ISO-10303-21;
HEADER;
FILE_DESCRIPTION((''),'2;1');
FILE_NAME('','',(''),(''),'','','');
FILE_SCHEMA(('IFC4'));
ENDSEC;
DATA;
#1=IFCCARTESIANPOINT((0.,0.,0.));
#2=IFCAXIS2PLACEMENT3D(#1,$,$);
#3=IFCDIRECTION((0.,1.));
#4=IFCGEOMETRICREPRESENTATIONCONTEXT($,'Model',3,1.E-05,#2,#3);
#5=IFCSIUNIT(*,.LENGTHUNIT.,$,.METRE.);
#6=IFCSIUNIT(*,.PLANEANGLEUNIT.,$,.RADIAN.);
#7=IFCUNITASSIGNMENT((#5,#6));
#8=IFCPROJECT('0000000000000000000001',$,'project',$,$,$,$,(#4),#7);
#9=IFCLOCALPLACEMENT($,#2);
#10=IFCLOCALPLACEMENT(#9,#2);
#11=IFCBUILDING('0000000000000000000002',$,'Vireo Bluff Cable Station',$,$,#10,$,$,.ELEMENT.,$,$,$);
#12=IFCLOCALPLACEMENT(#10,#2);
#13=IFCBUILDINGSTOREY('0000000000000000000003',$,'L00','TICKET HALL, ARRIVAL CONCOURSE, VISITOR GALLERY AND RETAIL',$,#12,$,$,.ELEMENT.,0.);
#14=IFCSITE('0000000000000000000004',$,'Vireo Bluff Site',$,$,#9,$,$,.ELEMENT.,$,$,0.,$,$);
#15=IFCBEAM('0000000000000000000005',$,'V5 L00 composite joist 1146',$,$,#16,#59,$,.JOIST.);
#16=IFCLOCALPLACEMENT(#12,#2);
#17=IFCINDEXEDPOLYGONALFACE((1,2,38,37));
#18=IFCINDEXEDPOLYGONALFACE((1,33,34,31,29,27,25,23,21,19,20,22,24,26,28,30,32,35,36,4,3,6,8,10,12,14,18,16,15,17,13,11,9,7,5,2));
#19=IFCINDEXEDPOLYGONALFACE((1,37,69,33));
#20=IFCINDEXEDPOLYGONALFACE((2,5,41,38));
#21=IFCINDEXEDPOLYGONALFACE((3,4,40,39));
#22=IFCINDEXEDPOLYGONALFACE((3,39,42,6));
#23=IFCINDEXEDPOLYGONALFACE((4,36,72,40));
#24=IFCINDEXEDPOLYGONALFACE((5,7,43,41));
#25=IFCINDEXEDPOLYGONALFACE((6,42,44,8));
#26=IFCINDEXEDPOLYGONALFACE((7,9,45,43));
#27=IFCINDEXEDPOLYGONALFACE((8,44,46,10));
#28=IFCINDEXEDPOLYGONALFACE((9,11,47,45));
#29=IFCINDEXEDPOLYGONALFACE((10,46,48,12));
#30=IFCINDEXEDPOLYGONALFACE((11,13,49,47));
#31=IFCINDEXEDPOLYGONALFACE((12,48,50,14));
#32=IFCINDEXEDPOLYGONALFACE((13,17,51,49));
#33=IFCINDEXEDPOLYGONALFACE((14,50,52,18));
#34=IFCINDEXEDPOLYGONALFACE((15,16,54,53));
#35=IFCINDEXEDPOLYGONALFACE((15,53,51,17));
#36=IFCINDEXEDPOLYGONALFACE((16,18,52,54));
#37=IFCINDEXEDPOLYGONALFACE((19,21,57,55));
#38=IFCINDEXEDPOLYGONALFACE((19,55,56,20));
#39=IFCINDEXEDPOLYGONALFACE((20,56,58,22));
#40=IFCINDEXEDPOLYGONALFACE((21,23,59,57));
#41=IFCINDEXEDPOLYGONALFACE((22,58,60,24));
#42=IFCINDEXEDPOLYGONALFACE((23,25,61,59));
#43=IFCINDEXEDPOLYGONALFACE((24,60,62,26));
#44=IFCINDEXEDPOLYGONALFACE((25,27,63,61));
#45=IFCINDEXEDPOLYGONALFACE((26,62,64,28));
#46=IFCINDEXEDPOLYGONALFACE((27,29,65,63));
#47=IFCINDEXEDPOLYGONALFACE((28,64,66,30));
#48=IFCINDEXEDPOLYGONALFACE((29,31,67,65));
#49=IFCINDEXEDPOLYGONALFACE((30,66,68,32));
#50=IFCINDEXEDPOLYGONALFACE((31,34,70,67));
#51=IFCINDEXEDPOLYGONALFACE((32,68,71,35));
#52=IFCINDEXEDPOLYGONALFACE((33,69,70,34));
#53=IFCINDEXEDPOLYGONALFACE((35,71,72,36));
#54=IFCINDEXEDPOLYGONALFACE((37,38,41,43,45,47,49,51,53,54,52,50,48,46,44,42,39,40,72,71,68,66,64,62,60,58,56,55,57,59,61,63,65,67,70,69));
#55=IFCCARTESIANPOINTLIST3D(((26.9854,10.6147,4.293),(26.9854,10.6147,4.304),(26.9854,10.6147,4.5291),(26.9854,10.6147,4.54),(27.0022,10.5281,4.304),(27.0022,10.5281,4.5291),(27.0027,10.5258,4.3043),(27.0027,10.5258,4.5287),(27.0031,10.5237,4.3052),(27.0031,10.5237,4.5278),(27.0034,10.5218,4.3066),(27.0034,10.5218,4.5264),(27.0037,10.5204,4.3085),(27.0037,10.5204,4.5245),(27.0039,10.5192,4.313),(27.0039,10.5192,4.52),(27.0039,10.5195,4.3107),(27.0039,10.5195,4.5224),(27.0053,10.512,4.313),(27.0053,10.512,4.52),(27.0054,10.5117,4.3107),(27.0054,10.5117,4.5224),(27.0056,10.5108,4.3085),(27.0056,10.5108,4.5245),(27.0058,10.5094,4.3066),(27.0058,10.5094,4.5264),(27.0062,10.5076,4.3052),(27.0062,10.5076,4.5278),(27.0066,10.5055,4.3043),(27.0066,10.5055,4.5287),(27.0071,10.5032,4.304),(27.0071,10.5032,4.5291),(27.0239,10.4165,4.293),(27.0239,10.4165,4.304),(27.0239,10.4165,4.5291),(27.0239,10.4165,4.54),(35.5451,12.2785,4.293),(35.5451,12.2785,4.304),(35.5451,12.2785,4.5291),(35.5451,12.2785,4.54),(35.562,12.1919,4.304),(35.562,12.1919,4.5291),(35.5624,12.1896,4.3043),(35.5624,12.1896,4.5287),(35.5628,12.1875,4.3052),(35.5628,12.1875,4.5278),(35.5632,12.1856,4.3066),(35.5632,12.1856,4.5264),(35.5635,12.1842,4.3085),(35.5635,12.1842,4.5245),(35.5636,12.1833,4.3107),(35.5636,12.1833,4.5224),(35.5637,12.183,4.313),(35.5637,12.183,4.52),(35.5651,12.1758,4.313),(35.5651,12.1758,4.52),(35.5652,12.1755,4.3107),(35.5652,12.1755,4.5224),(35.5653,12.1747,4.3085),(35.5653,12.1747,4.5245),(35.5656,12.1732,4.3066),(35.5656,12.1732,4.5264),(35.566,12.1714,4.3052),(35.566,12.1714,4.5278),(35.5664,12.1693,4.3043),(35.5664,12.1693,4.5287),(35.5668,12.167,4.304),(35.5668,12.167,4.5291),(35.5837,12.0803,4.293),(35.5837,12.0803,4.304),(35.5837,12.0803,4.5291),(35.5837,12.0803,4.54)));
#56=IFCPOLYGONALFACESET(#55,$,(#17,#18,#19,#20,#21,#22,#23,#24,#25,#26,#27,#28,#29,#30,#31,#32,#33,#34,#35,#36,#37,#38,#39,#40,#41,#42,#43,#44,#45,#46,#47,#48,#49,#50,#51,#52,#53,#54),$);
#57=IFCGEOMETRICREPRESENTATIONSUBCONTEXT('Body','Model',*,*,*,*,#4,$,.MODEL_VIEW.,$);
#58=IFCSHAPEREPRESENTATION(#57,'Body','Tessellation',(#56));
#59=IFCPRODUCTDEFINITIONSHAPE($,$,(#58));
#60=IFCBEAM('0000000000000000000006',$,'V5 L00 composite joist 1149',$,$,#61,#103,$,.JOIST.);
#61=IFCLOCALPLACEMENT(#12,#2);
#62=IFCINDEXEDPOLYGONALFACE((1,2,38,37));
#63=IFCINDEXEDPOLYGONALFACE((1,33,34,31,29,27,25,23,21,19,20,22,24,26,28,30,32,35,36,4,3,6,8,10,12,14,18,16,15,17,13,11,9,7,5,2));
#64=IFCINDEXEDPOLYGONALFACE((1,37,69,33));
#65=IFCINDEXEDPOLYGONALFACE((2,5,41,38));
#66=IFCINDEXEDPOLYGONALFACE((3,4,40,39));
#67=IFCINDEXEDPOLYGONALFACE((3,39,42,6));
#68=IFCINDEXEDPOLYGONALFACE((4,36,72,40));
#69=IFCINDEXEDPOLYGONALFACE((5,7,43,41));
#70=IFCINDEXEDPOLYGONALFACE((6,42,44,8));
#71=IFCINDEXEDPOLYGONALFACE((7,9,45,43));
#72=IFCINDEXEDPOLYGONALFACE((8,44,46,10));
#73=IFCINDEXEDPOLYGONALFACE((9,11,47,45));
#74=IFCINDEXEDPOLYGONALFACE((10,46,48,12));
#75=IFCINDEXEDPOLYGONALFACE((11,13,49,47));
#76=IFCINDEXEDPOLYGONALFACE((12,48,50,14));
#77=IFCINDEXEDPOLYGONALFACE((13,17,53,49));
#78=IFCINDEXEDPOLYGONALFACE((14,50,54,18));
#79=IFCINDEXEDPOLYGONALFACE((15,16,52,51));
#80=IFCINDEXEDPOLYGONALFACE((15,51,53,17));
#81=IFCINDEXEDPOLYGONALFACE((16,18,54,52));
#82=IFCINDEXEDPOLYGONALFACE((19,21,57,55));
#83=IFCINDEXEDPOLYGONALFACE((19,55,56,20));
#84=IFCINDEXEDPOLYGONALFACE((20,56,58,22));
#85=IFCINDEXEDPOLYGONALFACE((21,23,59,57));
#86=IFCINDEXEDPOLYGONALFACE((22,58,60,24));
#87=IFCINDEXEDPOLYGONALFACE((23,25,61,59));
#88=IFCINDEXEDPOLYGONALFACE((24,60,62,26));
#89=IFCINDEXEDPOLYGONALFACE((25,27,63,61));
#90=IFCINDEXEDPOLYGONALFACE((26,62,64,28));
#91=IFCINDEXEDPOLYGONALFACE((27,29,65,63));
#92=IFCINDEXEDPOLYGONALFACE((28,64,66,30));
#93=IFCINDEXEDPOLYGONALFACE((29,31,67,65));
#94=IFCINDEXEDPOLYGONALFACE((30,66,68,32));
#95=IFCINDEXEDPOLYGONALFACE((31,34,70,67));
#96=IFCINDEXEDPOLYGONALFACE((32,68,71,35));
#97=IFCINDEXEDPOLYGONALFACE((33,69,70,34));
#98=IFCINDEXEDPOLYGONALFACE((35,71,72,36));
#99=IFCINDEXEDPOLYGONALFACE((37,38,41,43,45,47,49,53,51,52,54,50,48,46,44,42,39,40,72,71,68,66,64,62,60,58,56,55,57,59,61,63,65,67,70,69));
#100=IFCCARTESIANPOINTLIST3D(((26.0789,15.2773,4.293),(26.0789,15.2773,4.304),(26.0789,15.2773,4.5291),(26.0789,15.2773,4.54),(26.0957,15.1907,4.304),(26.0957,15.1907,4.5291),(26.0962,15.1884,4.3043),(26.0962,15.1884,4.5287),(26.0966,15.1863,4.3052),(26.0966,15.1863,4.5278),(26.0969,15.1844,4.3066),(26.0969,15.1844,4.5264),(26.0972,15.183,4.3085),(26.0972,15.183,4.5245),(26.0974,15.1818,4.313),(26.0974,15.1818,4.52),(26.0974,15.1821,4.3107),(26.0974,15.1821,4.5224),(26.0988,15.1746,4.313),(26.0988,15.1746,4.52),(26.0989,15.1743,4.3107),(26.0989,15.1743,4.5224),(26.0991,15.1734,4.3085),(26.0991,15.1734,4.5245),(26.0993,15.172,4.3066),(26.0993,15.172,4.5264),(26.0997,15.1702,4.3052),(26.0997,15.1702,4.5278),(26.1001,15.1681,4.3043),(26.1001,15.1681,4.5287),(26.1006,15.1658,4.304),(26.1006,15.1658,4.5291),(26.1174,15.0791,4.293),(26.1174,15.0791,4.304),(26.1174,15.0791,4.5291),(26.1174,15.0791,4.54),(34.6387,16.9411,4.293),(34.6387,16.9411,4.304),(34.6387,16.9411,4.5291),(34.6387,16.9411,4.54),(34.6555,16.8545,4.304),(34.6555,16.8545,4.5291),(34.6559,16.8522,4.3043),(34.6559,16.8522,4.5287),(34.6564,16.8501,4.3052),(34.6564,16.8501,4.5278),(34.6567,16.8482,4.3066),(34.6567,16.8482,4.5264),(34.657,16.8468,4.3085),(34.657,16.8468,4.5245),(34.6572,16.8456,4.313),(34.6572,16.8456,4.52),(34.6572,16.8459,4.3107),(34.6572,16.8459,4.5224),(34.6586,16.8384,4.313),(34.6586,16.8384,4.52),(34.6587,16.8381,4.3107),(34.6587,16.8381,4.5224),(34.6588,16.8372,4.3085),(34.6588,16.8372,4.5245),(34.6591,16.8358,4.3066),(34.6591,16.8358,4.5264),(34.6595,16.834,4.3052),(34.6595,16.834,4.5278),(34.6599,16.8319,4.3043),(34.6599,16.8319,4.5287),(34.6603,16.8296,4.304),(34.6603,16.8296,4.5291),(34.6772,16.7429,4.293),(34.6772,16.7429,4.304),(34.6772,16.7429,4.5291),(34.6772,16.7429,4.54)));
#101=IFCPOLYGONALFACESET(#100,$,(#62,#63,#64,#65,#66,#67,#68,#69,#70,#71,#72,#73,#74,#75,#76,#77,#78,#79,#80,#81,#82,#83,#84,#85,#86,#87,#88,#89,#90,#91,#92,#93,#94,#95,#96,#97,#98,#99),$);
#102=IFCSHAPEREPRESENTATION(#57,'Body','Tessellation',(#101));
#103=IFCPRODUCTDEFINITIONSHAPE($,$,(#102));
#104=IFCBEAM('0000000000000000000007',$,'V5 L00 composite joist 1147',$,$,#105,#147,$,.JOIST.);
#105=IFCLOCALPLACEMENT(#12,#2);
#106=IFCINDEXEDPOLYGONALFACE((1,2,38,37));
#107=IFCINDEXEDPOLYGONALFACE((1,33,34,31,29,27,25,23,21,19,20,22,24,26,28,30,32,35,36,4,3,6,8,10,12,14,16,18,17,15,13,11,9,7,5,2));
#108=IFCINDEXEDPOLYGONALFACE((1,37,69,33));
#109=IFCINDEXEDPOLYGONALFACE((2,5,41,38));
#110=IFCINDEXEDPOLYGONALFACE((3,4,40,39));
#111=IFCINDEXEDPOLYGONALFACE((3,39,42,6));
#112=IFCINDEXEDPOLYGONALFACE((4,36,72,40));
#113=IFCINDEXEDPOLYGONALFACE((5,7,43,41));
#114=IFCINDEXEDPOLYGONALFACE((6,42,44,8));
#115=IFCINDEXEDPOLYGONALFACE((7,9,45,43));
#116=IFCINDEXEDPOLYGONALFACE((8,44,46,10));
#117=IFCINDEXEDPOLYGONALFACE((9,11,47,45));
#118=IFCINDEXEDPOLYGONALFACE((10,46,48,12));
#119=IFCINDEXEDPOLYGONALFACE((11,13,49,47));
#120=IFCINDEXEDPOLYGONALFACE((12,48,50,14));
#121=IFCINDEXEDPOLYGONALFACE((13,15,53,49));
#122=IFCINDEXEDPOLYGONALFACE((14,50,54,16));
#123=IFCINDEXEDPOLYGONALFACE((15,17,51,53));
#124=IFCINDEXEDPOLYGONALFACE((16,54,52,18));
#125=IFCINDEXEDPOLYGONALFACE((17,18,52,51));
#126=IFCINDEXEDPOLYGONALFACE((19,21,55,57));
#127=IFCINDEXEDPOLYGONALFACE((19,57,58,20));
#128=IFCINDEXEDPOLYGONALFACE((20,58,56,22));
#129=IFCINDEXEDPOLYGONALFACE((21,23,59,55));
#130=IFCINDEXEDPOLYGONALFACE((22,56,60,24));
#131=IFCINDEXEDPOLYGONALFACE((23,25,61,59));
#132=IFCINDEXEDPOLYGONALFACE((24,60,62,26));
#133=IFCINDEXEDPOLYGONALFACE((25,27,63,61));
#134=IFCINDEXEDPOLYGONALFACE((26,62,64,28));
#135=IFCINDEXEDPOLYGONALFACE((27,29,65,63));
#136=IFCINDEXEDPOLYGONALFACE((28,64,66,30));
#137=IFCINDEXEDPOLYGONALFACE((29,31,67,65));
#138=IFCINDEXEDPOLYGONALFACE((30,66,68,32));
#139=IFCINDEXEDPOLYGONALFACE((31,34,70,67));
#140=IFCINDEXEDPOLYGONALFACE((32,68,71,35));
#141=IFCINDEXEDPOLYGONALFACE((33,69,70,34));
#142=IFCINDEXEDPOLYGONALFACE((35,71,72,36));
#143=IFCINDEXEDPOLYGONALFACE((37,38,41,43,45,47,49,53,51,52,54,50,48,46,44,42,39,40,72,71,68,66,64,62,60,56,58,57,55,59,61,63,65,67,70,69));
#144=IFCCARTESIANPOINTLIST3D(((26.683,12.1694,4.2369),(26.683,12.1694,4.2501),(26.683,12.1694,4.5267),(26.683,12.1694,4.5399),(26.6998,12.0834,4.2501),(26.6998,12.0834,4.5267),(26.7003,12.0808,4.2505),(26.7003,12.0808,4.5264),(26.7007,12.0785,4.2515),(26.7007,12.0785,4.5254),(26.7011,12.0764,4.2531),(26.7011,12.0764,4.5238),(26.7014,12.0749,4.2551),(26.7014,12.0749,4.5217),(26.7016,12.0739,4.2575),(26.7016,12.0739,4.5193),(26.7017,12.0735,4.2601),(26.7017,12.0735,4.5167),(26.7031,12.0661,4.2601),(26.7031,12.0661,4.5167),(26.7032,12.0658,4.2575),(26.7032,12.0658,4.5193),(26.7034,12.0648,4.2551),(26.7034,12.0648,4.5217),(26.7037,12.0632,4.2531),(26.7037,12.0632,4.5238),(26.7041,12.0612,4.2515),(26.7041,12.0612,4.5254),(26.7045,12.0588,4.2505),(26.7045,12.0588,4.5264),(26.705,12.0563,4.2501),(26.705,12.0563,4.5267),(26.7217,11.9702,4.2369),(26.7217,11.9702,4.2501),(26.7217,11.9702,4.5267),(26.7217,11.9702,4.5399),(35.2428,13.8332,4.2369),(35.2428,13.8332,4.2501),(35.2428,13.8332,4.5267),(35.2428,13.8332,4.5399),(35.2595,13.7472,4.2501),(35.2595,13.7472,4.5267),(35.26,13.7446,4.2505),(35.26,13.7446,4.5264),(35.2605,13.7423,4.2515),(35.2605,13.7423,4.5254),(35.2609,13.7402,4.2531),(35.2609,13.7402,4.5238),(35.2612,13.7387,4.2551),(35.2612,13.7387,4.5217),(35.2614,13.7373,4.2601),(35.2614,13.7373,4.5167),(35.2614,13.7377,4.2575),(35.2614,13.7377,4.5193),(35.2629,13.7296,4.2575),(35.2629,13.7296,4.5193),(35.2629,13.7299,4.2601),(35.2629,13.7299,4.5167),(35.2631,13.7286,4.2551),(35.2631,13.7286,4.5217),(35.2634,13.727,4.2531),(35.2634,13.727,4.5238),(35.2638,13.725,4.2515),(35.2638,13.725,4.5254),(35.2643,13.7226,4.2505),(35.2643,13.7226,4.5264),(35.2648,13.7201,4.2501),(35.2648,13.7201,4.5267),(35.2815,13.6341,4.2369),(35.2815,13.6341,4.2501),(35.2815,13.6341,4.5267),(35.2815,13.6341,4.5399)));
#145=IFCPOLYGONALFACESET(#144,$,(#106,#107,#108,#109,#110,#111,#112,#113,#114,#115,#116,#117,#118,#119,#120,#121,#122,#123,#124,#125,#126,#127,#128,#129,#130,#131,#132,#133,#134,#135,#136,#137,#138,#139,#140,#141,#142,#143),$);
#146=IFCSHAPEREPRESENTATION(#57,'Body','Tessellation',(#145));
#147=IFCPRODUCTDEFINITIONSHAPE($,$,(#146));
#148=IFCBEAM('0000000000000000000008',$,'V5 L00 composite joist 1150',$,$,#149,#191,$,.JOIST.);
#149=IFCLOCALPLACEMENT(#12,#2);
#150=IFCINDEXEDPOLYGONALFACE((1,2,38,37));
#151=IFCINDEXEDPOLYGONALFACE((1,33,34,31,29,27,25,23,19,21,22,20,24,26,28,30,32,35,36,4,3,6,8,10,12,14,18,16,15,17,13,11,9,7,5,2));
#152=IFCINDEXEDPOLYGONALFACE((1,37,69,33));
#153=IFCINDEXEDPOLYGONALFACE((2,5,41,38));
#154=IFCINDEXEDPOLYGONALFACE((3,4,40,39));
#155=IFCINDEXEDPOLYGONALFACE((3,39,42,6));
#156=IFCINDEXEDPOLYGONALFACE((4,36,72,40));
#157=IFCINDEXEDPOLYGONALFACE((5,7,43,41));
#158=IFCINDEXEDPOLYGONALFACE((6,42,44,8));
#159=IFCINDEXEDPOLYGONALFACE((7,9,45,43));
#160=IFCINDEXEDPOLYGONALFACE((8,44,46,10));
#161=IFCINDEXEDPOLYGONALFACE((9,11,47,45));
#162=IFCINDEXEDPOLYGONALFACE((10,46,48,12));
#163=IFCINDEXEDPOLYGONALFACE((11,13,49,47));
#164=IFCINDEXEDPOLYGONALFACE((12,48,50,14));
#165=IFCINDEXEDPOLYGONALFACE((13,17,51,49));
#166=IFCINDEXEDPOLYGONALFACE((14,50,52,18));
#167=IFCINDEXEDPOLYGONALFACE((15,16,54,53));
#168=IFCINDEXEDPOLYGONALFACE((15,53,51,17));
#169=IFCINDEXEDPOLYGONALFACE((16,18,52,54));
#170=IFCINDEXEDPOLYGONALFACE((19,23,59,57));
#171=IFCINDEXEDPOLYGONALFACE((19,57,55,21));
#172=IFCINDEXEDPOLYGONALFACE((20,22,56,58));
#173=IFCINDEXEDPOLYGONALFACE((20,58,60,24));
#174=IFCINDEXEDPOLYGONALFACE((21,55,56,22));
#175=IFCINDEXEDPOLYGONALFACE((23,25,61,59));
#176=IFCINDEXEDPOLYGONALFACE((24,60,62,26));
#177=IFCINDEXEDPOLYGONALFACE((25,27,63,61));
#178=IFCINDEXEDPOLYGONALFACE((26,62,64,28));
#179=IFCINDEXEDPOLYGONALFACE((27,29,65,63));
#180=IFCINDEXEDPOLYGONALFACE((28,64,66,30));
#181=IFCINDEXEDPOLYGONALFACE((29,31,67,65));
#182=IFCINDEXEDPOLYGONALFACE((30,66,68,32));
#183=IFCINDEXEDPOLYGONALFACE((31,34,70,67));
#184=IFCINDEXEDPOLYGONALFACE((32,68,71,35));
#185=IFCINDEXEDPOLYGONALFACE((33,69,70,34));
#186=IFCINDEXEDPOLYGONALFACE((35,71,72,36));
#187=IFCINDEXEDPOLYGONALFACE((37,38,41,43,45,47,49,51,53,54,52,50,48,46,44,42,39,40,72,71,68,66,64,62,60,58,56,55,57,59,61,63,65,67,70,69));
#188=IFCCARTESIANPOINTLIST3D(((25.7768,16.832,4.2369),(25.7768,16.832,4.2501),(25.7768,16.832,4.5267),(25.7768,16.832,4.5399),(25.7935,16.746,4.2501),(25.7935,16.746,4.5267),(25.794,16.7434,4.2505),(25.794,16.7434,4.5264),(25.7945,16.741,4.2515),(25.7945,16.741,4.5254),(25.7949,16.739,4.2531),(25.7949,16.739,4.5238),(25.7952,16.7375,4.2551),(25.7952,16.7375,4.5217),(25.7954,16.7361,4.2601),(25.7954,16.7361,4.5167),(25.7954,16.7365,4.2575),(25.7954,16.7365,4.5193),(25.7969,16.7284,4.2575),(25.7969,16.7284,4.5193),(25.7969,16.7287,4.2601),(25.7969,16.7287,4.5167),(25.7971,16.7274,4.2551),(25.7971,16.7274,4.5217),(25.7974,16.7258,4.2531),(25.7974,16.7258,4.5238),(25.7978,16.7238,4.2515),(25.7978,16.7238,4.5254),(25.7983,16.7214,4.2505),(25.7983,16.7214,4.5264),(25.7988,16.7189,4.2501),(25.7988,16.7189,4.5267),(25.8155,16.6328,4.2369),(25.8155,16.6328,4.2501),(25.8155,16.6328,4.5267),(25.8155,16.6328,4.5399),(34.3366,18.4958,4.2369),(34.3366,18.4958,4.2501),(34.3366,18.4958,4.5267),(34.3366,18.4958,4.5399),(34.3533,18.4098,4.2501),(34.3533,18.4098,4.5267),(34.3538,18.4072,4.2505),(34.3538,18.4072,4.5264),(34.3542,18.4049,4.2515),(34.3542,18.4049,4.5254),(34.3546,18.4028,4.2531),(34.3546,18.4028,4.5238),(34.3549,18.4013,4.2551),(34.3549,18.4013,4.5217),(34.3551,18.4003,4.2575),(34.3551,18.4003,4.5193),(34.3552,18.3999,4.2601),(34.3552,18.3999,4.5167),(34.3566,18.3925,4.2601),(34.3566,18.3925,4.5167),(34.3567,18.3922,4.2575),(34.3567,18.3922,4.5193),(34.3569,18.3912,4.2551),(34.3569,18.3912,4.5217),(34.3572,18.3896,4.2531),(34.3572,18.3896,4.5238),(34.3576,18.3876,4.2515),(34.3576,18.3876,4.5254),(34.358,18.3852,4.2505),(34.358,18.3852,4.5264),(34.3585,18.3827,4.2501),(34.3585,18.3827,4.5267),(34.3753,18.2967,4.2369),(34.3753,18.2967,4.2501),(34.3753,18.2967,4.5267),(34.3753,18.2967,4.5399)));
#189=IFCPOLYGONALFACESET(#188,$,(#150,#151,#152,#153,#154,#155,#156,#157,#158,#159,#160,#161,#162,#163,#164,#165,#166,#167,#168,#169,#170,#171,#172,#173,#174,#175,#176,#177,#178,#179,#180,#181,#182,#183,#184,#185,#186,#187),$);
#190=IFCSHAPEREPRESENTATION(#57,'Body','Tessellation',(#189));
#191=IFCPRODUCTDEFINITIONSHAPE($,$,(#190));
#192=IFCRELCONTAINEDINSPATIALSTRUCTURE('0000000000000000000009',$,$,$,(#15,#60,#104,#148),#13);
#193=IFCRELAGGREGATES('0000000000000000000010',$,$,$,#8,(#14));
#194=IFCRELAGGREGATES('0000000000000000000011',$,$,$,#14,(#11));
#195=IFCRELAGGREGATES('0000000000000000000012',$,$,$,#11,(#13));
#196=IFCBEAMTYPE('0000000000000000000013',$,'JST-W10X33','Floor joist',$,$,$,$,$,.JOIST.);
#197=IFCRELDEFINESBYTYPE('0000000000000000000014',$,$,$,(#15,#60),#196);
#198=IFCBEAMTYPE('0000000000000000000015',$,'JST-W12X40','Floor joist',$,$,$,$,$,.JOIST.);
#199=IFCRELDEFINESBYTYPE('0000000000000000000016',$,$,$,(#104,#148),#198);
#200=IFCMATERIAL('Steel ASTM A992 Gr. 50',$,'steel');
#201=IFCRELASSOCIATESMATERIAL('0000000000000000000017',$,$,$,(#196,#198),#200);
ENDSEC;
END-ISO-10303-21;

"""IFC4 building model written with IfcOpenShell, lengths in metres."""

from ifc_helpers import new_model, si_unit, direction, frame, origin, origin_2d, place, context, subcontext, project, spatial, i_section, extrude, material, material_profile, profile_set, type_object, element, save


model = new_model("IFC4")

# Units and contexts
model_context = context("Model", 3, precision=1e-05, world=origin(), true_north=direction((0.0, 1.0)))
body_context = subcontext(model_context, "Body", "Model", "MODEL_VIEW")
ifc_project = project(units=[si_unit("LENGTHUNIT", "METRE"), si_unit("PLANEANGLEUNIT", "RADIAN")], contexts=[model_context])

# Site, building, storey
site_placement = place(None, origin())
site = spatial("IfcSite", under=ifc_project, at=site_placement, Name="Vireo Bluff Site", CompositionType="ELEMENT", RefElevation=0.0)
building_placement = place(site_placement, origin())
building = spatial("IfcBuilding", under=site, at=building_placement, Name="Vireo Bluff Cable Station", CompositionType="ELEMENT")
storey_placement = place(building_placement, origin())
storey = spatial("IfcBuildingStorey", under=building, at=storey_placement, Name="L00", Description="TICKET HALL, ARRIVAL CONCOURSE, VISITOR GALLERY AND RETAIL", CompositionType="ELEMENT", Elevation=0.0)

# Shared definitions
ifc_material_1 = material(Name="Steel ASTM A992 Gr. 50", Category="steel")

# Beams
ifc_material_profile_1 = material_profile(ifc_material_1, i_section(OverallWidth=0.2019, OverallDepth=0.2471, WebThickness=0.0073, FlangeThickness=0.011, FilletRadius=0.009, at=origin_2d()), Name="W10X33")
ifc_profile_set_1 = profile_set([ifc_material_profile_1], Name="Steel ASTM A992 Gr. 50")
beam_type_1 = type_object("IfcBeamType", Name="JST-W10X33", Description="Floor joist", PredefinedType="JOIST", material=ifc_profile_set_1)
for number, where, z_axis, x_axis, name in (
    (1, (27.0046, 10.5156, 4.4165), (0.981628, 0.190804, 0.0), (-0.190804, 0.981628, 0.0), "V5 L00 composite joist 1146"),
    (2, (26.0981, 15.1782, 4.4165), (0.981628, 0.190804, 0.0), (-0.190804, 0.981628, 0.0), "V5 L00 composite joist 1149"),
):
    element("IfcBeam", number, at=place(storey_placement, frame(where, z_axis=z_axis, x_axis=x_axis)), inside=storey, type_object=beam_type_1, Name=name, PredefinedType="JOIST", context=body_context, shape_type="SweptSolid", body=[
        extrude(i_section(OverallWidth=0.2019, OverallDepth=0.2471, WebThickness=0.0073, FlangeThickness=0.011, FilletRadius=0.009, at=origin_2d()), origin(), (0.0, 0.0, 1.0), 8.72),
    ])
ifc_material_profile_2 = material_profile(ifc_material_1, i_section(OverallWidth=0.2029, OverallDepth=0.303, WebThickness=0.0076, FlangeThickness=0.0132, FilletRadius=0.01, at=origin_2d()), Name="W12X40")
ifc_profile_set_2 = profile_set([ifc_material_profile_2], Name="Steel ASTM A992 Gr. 50")
beam_type_2 = type_object("IfcBeamType", Name="JST-W12X40", Description="Floor joist", PredefinedType="JOIST", material=ifc_profile_set_2)
for number, where, z_axis, x_axis, name in (
    (3, (26.7024, 12.0698, 4.3884), (0.981628, 0.190804, 0.0), (-0.190804, 0.981628, 0.0), "V5 L00 composite joist 1147"),
    (4, (25.7961, 16.7324, 4.3884), (0.981628, 0.190804, 0.0), (-0.190804, 0.981628, 0.0), "V5 L00 composite joist 1150"),
):
    element("IfcBeam", number, at=place(storey_placement, frame(where, z_axis=z_axis, x_axis=x_axis)), inside=storey, type_object=beam_type_2, Name=name, PredefinedType="JOIST", context=body_context, shape_type="SweptSolid", body=[
        extrude(i_section(OverallWidth=0.2029, OverallDepth=0.303, WebThickness=0.0076, FlangeThickness=0.0132, FilletRadius=0.01, at=origin_2d()), origin(), (0.0, 0.0, 1.0), 8.72),
    ])

save(model, "model.ifc")
